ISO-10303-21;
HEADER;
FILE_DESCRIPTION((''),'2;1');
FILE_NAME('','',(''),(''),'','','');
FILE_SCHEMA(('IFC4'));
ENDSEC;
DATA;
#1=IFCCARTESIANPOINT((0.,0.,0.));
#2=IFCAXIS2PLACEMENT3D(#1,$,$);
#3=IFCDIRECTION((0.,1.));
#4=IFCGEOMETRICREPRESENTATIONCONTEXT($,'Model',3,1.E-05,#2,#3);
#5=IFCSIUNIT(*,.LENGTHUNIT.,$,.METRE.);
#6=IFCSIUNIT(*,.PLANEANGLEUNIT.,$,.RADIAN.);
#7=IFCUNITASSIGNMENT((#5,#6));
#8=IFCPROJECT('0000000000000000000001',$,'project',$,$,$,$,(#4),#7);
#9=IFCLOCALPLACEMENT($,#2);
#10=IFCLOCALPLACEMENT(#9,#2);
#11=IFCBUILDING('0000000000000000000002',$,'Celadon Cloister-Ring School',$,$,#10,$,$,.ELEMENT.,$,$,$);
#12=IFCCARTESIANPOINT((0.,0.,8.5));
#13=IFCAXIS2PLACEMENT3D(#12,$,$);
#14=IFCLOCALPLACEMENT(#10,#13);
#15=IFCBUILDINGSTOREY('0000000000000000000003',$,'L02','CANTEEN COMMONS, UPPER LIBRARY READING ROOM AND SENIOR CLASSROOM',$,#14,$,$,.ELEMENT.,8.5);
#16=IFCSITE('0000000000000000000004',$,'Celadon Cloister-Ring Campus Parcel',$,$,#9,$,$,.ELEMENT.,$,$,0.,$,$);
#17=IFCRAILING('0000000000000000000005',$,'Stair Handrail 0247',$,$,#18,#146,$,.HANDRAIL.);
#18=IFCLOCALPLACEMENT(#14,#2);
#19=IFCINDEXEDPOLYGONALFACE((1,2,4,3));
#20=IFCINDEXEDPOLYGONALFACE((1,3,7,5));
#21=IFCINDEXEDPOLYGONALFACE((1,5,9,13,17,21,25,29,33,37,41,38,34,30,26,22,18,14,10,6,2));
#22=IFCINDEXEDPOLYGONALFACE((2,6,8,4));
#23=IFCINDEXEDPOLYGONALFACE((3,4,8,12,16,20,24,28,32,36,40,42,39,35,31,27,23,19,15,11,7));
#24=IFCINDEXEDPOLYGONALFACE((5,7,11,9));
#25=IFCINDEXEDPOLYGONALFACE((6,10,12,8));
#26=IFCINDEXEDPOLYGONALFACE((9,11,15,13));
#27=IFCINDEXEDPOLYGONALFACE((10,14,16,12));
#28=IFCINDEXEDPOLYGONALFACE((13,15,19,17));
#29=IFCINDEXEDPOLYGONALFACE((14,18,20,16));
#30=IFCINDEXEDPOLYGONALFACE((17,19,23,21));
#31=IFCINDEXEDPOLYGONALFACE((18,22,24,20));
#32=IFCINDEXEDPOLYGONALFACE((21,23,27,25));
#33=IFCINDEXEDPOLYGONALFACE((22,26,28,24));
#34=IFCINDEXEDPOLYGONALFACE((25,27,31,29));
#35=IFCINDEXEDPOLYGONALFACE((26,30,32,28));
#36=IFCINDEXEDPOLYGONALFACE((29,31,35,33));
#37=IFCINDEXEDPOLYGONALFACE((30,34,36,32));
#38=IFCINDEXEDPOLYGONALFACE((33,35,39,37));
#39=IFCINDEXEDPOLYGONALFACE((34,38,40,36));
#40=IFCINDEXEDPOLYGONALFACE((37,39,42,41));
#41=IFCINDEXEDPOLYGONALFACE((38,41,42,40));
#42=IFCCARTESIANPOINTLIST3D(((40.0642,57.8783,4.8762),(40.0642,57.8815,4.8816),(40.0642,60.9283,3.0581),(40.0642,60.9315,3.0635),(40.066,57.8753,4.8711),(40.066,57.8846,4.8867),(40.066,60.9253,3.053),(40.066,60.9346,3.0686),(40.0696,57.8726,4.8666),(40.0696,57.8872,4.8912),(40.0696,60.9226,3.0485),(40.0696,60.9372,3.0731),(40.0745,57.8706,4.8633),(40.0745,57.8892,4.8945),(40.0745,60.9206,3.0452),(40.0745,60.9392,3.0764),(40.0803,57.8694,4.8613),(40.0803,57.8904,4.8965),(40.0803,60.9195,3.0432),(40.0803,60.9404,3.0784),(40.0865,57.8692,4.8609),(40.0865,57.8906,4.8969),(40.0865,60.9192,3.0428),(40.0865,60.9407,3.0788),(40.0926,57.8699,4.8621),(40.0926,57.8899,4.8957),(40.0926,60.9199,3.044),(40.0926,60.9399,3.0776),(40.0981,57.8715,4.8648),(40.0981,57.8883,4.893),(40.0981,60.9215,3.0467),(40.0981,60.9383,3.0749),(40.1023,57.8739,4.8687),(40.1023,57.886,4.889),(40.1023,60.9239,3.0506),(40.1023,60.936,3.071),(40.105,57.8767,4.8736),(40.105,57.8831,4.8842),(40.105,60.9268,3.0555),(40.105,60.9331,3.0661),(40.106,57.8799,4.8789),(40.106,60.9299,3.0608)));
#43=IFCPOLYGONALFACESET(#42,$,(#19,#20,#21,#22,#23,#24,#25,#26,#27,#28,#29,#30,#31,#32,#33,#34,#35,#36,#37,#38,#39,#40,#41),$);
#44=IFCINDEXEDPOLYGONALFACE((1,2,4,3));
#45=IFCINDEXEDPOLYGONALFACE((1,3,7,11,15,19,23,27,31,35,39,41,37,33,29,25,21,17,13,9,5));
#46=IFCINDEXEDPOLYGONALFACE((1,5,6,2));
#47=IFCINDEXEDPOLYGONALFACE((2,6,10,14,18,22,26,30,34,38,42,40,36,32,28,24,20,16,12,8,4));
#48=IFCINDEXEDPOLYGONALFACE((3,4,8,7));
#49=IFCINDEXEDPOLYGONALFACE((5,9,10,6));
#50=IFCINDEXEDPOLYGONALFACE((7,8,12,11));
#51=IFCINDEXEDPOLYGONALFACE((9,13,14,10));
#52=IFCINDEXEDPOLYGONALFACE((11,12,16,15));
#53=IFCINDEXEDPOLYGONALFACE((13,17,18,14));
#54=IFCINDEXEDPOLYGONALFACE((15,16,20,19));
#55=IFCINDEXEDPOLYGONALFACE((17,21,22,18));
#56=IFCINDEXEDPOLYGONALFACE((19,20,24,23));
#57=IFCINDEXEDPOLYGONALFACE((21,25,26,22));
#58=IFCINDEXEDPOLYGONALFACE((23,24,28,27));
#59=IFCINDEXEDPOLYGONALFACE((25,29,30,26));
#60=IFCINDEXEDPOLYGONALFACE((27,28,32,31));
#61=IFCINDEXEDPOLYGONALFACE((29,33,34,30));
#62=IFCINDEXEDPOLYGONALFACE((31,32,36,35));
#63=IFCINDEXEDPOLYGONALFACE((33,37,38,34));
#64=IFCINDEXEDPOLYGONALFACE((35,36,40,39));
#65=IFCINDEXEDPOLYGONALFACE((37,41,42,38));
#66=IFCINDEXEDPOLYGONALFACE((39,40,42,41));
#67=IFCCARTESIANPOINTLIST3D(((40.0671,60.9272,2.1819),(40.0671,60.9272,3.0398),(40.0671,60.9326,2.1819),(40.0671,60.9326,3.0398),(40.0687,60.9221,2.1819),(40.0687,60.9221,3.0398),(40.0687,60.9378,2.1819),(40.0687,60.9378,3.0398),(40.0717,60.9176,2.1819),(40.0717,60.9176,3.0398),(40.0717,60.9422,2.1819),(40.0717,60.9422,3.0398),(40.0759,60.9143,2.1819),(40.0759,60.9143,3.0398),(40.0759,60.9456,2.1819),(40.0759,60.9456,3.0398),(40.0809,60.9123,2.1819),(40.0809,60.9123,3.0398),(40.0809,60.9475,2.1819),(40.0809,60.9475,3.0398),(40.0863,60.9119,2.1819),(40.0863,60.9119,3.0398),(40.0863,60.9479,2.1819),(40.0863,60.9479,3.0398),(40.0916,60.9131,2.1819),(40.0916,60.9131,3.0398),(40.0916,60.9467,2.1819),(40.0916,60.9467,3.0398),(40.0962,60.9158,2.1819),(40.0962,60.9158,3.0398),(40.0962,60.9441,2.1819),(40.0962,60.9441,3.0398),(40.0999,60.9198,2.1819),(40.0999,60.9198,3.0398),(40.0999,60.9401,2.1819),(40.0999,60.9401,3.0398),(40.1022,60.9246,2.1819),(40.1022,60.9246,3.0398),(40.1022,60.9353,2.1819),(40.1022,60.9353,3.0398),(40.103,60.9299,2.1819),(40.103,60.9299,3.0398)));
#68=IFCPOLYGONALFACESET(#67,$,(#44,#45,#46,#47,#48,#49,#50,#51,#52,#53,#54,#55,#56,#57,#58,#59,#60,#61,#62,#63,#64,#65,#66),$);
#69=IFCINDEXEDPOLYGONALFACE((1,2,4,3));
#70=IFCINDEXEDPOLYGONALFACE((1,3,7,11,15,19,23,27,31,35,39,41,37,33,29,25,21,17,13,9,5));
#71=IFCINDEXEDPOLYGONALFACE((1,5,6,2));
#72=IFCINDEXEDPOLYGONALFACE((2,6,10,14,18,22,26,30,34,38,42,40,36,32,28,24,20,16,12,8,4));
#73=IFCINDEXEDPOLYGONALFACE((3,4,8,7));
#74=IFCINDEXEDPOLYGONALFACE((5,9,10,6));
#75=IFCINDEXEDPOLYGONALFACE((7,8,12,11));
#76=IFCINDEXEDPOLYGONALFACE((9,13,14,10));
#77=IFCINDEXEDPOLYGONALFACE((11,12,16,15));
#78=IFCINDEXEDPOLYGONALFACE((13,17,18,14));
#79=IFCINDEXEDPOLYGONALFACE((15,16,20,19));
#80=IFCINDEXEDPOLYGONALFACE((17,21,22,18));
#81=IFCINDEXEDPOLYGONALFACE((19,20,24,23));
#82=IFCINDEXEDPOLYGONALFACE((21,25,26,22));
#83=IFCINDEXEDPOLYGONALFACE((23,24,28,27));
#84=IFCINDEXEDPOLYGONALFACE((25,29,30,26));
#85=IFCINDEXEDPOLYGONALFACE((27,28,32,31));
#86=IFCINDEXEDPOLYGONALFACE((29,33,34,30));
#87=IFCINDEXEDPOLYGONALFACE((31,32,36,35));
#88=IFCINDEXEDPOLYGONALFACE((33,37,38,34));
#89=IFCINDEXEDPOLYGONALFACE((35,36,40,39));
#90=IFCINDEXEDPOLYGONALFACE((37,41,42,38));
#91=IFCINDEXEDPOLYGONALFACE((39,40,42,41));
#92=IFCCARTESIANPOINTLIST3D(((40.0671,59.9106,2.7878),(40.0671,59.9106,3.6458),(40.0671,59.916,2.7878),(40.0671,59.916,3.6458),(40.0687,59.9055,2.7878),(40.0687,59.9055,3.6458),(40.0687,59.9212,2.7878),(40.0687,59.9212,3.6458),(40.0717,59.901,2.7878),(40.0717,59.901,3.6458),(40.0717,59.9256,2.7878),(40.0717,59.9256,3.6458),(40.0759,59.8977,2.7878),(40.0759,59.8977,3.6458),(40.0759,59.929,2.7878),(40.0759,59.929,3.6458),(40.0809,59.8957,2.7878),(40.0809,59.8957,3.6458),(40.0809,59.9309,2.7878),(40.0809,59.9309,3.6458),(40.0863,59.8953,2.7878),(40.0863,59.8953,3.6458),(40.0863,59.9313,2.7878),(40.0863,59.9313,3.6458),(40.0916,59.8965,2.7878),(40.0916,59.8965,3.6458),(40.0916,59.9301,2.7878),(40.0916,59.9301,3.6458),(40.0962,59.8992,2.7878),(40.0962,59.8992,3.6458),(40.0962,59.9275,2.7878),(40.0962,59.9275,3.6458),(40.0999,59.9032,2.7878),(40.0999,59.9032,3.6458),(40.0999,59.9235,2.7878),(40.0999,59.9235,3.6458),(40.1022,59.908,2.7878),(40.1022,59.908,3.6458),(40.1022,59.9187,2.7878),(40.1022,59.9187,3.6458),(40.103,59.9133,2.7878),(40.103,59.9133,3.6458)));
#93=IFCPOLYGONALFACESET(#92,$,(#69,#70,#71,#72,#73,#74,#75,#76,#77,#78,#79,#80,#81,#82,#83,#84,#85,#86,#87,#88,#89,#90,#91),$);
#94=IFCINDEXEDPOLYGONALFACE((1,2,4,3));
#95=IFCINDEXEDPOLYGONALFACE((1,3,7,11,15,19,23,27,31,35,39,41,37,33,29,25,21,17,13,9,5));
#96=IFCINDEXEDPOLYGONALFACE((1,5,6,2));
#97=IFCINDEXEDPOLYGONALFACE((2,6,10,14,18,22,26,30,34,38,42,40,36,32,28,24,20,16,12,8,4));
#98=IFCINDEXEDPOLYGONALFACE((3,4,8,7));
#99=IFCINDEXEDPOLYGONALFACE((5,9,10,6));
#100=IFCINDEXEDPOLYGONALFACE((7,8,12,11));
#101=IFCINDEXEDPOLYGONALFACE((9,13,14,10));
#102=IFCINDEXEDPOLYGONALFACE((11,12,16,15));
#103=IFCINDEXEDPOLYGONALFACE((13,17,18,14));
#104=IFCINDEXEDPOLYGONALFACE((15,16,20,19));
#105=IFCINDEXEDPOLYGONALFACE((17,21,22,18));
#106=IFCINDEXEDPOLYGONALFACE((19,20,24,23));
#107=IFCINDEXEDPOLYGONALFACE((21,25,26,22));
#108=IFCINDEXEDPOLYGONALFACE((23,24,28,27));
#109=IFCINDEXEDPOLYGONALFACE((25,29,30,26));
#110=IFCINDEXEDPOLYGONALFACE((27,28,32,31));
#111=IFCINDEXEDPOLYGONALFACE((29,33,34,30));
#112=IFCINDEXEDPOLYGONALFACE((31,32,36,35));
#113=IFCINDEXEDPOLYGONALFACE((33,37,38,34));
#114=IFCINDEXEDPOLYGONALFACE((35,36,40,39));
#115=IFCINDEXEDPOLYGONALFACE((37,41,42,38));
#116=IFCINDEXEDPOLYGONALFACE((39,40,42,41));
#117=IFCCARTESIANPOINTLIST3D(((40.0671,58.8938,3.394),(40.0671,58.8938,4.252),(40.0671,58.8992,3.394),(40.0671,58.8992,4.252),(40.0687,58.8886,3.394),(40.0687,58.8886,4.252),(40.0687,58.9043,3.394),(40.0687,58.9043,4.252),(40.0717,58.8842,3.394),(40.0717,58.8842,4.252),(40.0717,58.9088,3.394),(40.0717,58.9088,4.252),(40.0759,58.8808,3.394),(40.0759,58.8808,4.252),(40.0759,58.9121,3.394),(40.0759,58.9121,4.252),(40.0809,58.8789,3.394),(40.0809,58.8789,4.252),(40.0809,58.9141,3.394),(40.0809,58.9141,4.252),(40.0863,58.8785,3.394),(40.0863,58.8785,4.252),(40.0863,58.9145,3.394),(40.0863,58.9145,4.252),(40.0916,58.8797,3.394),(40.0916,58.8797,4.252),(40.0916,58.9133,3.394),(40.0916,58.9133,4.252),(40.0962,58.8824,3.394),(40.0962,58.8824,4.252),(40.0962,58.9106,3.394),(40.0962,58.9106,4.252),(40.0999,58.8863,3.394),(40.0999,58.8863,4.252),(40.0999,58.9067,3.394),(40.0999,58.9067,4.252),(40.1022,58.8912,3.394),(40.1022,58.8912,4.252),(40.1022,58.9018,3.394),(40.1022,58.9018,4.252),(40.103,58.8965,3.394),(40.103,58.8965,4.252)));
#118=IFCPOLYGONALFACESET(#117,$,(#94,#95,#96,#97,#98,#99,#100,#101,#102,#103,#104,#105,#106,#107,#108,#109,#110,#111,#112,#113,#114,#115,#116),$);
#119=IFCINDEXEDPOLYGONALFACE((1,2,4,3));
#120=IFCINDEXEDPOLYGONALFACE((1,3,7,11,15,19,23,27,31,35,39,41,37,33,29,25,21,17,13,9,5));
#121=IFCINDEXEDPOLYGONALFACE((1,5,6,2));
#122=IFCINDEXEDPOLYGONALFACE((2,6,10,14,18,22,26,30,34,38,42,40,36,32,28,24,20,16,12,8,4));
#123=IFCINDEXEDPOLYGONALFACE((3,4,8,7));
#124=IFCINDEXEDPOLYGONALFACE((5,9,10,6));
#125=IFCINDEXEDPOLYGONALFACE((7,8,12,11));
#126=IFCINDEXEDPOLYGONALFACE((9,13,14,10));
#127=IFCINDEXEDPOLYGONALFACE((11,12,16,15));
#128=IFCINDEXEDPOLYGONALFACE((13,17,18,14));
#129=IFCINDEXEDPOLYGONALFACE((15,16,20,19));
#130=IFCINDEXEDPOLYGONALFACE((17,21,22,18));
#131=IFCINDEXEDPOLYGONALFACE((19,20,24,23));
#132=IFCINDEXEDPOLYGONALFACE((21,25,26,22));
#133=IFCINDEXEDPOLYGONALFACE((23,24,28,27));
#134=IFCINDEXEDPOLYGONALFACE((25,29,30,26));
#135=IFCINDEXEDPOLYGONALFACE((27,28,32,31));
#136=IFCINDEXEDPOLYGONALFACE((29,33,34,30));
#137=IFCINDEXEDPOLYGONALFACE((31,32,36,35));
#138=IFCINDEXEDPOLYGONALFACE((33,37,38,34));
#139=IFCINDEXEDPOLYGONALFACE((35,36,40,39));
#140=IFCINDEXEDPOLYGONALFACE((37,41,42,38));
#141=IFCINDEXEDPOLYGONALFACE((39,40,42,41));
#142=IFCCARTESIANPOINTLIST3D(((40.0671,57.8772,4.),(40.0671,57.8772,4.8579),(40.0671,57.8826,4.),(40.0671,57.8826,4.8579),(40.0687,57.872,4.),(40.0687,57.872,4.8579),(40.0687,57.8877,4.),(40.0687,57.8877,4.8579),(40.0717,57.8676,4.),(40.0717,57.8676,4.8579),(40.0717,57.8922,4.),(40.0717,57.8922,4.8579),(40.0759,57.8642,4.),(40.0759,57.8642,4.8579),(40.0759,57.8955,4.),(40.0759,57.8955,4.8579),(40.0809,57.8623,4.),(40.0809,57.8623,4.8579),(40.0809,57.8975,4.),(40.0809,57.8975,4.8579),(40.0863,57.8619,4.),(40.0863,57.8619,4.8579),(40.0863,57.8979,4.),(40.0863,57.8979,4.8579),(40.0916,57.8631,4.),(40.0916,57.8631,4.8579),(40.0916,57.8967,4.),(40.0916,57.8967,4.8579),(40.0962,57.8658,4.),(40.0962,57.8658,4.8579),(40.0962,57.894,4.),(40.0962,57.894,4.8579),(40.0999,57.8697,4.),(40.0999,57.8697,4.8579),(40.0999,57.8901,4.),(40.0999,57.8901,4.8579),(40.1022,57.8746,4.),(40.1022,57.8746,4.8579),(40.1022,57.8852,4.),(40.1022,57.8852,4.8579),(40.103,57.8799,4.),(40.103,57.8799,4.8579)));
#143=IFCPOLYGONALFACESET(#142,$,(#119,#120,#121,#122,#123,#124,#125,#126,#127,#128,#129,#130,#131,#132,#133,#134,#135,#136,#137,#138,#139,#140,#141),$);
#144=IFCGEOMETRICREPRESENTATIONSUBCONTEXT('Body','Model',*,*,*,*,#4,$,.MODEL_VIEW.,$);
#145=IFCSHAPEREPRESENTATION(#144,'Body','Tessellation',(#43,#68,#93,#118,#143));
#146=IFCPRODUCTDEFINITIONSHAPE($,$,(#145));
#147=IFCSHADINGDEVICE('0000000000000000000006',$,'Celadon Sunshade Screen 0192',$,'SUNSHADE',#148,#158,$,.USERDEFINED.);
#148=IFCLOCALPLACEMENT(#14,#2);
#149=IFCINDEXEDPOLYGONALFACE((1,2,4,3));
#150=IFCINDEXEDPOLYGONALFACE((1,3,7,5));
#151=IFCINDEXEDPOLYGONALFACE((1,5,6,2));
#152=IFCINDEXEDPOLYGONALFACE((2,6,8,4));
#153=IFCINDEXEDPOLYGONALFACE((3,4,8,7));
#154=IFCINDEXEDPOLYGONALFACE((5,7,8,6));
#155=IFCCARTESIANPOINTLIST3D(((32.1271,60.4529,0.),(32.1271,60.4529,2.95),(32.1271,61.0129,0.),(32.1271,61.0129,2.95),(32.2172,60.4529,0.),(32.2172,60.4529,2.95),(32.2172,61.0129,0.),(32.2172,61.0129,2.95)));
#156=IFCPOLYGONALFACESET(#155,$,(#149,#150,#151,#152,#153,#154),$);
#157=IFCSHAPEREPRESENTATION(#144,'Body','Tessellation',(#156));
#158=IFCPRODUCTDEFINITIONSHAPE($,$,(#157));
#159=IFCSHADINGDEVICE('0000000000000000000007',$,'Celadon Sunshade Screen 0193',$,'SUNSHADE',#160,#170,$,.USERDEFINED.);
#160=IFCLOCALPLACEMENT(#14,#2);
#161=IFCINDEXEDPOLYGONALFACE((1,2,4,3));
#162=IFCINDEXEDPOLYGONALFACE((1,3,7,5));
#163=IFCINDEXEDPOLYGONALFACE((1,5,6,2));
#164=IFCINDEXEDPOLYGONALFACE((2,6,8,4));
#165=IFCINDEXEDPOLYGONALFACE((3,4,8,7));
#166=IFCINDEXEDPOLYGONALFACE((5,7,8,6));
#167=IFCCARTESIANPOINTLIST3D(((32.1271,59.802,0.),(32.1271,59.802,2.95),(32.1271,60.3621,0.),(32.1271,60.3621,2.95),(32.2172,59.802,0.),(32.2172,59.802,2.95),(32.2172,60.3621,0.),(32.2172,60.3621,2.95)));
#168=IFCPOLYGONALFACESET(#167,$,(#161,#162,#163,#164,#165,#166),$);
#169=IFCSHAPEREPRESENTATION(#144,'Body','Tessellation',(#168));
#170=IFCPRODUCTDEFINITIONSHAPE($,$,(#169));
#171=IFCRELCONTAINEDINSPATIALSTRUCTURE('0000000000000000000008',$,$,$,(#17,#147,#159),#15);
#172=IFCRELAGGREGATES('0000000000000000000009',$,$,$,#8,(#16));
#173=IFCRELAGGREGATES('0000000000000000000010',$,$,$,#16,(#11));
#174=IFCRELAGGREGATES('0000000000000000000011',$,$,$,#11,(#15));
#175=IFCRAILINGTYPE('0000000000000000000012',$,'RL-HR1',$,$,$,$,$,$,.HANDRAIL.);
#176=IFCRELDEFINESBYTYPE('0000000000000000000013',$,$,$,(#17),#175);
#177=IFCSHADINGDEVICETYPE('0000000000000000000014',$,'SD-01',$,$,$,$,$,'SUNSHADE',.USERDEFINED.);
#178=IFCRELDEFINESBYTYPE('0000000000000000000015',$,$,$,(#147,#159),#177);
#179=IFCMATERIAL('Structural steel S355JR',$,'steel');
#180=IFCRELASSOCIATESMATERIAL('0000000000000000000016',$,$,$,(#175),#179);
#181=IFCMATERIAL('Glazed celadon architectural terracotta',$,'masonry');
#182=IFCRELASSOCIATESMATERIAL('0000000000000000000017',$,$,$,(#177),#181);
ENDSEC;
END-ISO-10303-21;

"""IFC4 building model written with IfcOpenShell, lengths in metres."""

from ifc_helpers import new_model, si_unit, direction, frame, origin, origin_2d, place, context, subcontext, project, spatial, rectangle, circle, extrude, material, type_object, element, save


model = new_model("IFC4")

# Units and contexts
model_context = context("Model", 3, precision=1e-05, world=origin(), true_north=direction((0.0, 1.0)))
body_context = subcontext(model_context, "Body", "Model", "MODEL_VIEW")
ifc_project = project(units=[si_unit("LENGTHUNIT", "METRE"), si_unit("PLANEANGLEUNIT", "RADIAN")], contexts=[model_context])

# Site, building, storey
site_placement = place(None, origin())
site = spatial("IfcSite", under=ifc_project, at=site_placement, Name="Celadon Cloister-Ring Campus Parcel", CompositionType="ELEMENT", RefElevation=0.0)
building_placement = place(site_placement, origin())
building = spatial("IfcBuilding", under=site, at=building_placement, Name="Celadon Cloister-Ring School", CompositionType="ELEMENT")
storey_placement = place(building_placement, frame((0.0, 0.0, 8.5)))
storey = spatial("IfcBuildingStorey", under=building, at=storey_placement, Name="L02", Description="CANTEEN COMMONS, UPPER LIBRARY READING ROOM AND SENIOR CLASSROOM", CompositionType="ELEMENT", Elevation=8.5)

# Railing
ifc_material_1 = material(Name="Structural steel S355JR", Category="steel")
railing_type_1 = type_object("IfcRailingType", Name="RL-HR1", PredefinedType="HANDRAIL", material=ifc_material_1)
for number, where, name in (
    (1, (40.085, 60.9299, 2.1819), "Stair Handrail 0247"),
):
    element("IfcRailing", number, at=place(storey_placement, frame(where)), inside=storey, type_object=railing_type_1, Name=name, PredefinedType="HANDRAIL", context=body_context, shape_type="SweptSolid", body=[
        extrude(circle(Radius=0.021, at=origin_2d()), frame((0.0, 0.0, 0.8789), z_axis=(0.0, -0.85897, 0.512026), x_axis=(1.0, 0.0, 0.0)), (0.0, 0.0, 1.0), 3.5508),
        extrude(circle(Radius=0.0181, at=origin_2d()), origin(), (0.0, 0.0, 1.0), 0.8579),
        extrude(circle(Radius=0.0181, at=origin_2d()), frame((0.0, -1.0166, 0.606)), (0.0, 0.0, 1.0), 0.8579),
        extrude(circle(Radius=0.0181, at=origin_2d()), frame((0.0, -2.0334, 1.2122)), (0.0, 0.0, 1.0), 0.8579),
        extrude(circle(Radius=0.0181, at=origin_2d()), frame((0.0, -3.05, 1.8181)), (0.0, 0.0, 1.0), 0.8579),
    ])

# Shading devices
ifc_material_2 = material(Name="Glazed celadon architectural terracotta", Category="masonry")
shading_device_type = type_object("IfcShadingDeviceType", Name="SD-01", ElementType="SUNSHADE", PredefinedType="USERDEFINED", material=ifc_material_2)
for number, where, z_axis, x_axis, name in (
    (2, (32.1721, 60.7329, 0.0), (0.0, 0.0, 1.0), (0.0, -1.0, 0.0), "Celadon Sunshade Screen 0192"),
    (3, (32.1721, 60.082, 0.0), (0.0, 0.0, 1.0), (0.0, -1.0, 0.0), "Celadon Sunshade Screen 0193"),
):
    element("IfcShadingDevice", number, at=place(storey_placement, frame(where, z_axis=z_axis, x_axis=x_axis)), inside=storey, type_object=shading_device_type, Name=name, ObjectType="SUNSHADE", PredefinedType="USERDEFINED", context=body_context, shape_type="SweptSolid", body=[
        extrude(rectangle(XDim=0.5601, YDim=0.0901, at=origin_2d()), origin(), (0.0, 0.0, 1.0), 2.95),
    ])

save(model, "model.ifc")
